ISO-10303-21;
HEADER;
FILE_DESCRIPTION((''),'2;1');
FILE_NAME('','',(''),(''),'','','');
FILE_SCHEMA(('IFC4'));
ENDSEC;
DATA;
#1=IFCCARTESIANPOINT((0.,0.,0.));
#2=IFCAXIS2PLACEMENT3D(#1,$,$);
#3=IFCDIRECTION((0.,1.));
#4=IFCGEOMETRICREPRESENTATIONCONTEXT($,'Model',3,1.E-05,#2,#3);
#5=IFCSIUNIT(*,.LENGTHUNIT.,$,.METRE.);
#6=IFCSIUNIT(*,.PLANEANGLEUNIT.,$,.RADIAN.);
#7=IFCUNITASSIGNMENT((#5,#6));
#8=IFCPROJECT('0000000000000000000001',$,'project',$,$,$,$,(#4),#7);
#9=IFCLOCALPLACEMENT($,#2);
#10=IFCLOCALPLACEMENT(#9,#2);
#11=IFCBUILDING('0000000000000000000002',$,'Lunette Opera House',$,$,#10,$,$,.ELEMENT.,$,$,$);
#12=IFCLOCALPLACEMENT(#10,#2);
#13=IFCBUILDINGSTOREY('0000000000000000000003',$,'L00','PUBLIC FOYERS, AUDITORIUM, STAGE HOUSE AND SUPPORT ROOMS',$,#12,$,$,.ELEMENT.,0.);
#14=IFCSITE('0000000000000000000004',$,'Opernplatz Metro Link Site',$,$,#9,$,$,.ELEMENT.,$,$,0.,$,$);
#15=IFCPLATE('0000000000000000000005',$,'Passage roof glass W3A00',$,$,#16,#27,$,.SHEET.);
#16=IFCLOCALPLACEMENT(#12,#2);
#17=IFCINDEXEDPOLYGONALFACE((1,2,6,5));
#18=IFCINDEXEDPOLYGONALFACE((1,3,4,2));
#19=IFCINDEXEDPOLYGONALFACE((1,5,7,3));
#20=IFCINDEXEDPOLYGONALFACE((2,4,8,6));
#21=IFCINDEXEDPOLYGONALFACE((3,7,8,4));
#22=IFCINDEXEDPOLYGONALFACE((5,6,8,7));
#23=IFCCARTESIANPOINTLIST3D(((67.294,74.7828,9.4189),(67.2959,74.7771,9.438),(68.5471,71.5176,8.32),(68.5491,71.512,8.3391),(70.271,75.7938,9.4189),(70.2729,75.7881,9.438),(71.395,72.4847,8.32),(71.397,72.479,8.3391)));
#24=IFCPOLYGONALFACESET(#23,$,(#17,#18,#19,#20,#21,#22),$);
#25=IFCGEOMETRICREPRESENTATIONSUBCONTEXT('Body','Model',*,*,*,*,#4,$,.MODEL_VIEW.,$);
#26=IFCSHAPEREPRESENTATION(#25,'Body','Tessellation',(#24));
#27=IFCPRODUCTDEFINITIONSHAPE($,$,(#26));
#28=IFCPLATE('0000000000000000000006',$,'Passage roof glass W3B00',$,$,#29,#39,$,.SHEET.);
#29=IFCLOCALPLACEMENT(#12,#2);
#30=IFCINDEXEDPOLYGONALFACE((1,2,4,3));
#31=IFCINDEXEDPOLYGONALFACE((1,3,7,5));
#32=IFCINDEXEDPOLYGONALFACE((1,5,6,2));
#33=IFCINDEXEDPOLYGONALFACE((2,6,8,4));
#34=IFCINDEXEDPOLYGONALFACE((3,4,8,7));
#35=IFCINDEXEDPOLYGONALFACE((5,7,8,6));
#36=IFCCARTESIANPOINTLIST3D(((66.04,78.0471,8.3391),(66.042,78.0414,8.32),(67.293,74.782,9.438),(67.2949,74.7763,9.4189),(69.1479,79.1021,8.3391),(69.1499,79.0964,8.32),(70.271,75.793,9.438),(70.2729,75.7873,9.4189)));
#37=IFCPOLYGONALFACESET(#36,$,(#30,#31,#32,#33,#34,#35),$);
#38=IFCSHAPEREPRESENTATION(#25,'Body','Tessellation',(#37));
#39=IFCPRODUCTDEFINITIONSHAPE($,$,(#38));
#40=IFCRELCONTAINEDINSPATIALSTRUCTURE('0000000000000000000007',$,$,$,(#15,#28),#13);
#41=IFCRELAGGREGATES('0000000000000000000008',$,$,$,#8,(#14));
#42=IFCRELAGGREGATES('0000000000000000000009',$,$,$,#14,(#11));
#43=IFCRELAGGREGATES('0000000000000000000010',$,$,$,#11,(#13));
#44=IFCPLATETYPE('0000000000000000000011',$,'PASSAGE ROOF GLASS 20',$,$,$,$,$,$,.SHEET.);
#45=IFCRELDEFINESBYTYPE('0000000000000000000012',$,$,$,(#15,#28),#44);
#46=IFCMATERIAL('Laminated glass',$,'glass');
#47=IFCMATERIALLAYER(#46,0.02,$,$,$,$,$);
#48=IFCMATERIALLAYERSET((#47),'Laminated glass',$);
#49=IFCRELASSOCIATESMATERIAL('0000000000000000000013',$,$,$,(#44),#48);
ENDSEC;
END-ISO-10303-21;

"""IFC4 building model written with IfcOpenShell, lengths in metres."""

from ifc_helpers import new_model, si_unit, direction, frame, origin, place, context, subcontext, project, spatial, polyline, outline, extrude, material, layer, layer_set, type_object, element, save


model = new_model("IFC4")

# Units and contexts
model_context = context("Model", 3, precision=1e-05, world=origin(), true_north=direction((0.0, 1.0)))
body_context = subcontext(model_context, "Body", "Model", "MODEL_VIEW")
ifc_project = project(units=[si_unit("LENGTHUNIT", "METRE"), si_unit("PLANEANGLEUNIT", "RADIAN")], contexts=[model_context])

# Site, building, storey
site_placement = place(None, origin())
site = spatial("IfcSite", under=ifc_project, at=site_placement, Name="Opernplatz Metro Link Site", CompositionType="ELEMENT", RefElevation=0.0)
building_placement = place(site_placement, origin())
building = spatial("IfcBuilding", under=site, at=building_placement, Name="Lunette Opera House", CompositionType="ELEMENT")
storey_placement = place(building_placement, origin())
storey = spatial("IfcBuildingStorey", under=building, at=storey_placement, Name="L00", Description="PUBLIC FOYERS, AUDITORIUM, STAGE HOUSE AND SUPPORT ROOMS", CompositionType="ELEMENT", Elevation=0.0)

# Plates
ifc_material_1 = material(Name="Laminated glass", Category="glass")
ifc_layer_1 = layer(ifc_material_1, 0.02)
ifc_layer_set_1 = layer_set([ifc_layer_1], Name="Laminated glass")
plate_type_1 = type_object("IfcPlateType", Name="PASSAGE ROOF GLASS 20", PredefinedType="SHEET", material=ifc_layer_set_1)
plate_1_placement = place(storey_placement, frame((68.5491, 71.512, 8.3391), z_axis=(0.09645, -0.284029, 0.953952), x_axis=(0.946898, 0.321533, -0.000004)))
element("IfcPlate", 1, at=plate_1_placement, inside=storey, type_object=plate_type_1, Name="Passage roof glass W3A00", PredefinedType="SHEET", context=body_context, shape_type="SweptSolid", body=[
    extrude(outline(polyline([(0.0, 0.0), (3.0076, 0.0), (3.0072, 3.6635), (-0.1368, 3.6634), (0.0, 0.0)])), origin(), (0.0, 0.0, -1.0), 0.02),
])
plate_2_placement = place(storey_placement, frame((66.04, 78.0471, 8.3391), z_axis=(-0.096425, 0.284055, 0.953947), x_axis=(0.946935, 0.321424, 0.000006)))
element("IfcPlate", 2, at=plate_2_placement, inside=storey, type_object=plate_type_1, Name="Passage roof glass W3B00", PredefinedType="SHEET", context=body_context, shape_type="SweptSolid", body=[
    extrude(outline(polyline([(0.0, 0.0), (3.2821, 0.0), (3.2819, -3.6632), (0.137, -3.6633), (0.0, 0.0)])), origin(), (0.0, 0.0, -1.0), 0.02),
])

save(model, "model.ifc")
